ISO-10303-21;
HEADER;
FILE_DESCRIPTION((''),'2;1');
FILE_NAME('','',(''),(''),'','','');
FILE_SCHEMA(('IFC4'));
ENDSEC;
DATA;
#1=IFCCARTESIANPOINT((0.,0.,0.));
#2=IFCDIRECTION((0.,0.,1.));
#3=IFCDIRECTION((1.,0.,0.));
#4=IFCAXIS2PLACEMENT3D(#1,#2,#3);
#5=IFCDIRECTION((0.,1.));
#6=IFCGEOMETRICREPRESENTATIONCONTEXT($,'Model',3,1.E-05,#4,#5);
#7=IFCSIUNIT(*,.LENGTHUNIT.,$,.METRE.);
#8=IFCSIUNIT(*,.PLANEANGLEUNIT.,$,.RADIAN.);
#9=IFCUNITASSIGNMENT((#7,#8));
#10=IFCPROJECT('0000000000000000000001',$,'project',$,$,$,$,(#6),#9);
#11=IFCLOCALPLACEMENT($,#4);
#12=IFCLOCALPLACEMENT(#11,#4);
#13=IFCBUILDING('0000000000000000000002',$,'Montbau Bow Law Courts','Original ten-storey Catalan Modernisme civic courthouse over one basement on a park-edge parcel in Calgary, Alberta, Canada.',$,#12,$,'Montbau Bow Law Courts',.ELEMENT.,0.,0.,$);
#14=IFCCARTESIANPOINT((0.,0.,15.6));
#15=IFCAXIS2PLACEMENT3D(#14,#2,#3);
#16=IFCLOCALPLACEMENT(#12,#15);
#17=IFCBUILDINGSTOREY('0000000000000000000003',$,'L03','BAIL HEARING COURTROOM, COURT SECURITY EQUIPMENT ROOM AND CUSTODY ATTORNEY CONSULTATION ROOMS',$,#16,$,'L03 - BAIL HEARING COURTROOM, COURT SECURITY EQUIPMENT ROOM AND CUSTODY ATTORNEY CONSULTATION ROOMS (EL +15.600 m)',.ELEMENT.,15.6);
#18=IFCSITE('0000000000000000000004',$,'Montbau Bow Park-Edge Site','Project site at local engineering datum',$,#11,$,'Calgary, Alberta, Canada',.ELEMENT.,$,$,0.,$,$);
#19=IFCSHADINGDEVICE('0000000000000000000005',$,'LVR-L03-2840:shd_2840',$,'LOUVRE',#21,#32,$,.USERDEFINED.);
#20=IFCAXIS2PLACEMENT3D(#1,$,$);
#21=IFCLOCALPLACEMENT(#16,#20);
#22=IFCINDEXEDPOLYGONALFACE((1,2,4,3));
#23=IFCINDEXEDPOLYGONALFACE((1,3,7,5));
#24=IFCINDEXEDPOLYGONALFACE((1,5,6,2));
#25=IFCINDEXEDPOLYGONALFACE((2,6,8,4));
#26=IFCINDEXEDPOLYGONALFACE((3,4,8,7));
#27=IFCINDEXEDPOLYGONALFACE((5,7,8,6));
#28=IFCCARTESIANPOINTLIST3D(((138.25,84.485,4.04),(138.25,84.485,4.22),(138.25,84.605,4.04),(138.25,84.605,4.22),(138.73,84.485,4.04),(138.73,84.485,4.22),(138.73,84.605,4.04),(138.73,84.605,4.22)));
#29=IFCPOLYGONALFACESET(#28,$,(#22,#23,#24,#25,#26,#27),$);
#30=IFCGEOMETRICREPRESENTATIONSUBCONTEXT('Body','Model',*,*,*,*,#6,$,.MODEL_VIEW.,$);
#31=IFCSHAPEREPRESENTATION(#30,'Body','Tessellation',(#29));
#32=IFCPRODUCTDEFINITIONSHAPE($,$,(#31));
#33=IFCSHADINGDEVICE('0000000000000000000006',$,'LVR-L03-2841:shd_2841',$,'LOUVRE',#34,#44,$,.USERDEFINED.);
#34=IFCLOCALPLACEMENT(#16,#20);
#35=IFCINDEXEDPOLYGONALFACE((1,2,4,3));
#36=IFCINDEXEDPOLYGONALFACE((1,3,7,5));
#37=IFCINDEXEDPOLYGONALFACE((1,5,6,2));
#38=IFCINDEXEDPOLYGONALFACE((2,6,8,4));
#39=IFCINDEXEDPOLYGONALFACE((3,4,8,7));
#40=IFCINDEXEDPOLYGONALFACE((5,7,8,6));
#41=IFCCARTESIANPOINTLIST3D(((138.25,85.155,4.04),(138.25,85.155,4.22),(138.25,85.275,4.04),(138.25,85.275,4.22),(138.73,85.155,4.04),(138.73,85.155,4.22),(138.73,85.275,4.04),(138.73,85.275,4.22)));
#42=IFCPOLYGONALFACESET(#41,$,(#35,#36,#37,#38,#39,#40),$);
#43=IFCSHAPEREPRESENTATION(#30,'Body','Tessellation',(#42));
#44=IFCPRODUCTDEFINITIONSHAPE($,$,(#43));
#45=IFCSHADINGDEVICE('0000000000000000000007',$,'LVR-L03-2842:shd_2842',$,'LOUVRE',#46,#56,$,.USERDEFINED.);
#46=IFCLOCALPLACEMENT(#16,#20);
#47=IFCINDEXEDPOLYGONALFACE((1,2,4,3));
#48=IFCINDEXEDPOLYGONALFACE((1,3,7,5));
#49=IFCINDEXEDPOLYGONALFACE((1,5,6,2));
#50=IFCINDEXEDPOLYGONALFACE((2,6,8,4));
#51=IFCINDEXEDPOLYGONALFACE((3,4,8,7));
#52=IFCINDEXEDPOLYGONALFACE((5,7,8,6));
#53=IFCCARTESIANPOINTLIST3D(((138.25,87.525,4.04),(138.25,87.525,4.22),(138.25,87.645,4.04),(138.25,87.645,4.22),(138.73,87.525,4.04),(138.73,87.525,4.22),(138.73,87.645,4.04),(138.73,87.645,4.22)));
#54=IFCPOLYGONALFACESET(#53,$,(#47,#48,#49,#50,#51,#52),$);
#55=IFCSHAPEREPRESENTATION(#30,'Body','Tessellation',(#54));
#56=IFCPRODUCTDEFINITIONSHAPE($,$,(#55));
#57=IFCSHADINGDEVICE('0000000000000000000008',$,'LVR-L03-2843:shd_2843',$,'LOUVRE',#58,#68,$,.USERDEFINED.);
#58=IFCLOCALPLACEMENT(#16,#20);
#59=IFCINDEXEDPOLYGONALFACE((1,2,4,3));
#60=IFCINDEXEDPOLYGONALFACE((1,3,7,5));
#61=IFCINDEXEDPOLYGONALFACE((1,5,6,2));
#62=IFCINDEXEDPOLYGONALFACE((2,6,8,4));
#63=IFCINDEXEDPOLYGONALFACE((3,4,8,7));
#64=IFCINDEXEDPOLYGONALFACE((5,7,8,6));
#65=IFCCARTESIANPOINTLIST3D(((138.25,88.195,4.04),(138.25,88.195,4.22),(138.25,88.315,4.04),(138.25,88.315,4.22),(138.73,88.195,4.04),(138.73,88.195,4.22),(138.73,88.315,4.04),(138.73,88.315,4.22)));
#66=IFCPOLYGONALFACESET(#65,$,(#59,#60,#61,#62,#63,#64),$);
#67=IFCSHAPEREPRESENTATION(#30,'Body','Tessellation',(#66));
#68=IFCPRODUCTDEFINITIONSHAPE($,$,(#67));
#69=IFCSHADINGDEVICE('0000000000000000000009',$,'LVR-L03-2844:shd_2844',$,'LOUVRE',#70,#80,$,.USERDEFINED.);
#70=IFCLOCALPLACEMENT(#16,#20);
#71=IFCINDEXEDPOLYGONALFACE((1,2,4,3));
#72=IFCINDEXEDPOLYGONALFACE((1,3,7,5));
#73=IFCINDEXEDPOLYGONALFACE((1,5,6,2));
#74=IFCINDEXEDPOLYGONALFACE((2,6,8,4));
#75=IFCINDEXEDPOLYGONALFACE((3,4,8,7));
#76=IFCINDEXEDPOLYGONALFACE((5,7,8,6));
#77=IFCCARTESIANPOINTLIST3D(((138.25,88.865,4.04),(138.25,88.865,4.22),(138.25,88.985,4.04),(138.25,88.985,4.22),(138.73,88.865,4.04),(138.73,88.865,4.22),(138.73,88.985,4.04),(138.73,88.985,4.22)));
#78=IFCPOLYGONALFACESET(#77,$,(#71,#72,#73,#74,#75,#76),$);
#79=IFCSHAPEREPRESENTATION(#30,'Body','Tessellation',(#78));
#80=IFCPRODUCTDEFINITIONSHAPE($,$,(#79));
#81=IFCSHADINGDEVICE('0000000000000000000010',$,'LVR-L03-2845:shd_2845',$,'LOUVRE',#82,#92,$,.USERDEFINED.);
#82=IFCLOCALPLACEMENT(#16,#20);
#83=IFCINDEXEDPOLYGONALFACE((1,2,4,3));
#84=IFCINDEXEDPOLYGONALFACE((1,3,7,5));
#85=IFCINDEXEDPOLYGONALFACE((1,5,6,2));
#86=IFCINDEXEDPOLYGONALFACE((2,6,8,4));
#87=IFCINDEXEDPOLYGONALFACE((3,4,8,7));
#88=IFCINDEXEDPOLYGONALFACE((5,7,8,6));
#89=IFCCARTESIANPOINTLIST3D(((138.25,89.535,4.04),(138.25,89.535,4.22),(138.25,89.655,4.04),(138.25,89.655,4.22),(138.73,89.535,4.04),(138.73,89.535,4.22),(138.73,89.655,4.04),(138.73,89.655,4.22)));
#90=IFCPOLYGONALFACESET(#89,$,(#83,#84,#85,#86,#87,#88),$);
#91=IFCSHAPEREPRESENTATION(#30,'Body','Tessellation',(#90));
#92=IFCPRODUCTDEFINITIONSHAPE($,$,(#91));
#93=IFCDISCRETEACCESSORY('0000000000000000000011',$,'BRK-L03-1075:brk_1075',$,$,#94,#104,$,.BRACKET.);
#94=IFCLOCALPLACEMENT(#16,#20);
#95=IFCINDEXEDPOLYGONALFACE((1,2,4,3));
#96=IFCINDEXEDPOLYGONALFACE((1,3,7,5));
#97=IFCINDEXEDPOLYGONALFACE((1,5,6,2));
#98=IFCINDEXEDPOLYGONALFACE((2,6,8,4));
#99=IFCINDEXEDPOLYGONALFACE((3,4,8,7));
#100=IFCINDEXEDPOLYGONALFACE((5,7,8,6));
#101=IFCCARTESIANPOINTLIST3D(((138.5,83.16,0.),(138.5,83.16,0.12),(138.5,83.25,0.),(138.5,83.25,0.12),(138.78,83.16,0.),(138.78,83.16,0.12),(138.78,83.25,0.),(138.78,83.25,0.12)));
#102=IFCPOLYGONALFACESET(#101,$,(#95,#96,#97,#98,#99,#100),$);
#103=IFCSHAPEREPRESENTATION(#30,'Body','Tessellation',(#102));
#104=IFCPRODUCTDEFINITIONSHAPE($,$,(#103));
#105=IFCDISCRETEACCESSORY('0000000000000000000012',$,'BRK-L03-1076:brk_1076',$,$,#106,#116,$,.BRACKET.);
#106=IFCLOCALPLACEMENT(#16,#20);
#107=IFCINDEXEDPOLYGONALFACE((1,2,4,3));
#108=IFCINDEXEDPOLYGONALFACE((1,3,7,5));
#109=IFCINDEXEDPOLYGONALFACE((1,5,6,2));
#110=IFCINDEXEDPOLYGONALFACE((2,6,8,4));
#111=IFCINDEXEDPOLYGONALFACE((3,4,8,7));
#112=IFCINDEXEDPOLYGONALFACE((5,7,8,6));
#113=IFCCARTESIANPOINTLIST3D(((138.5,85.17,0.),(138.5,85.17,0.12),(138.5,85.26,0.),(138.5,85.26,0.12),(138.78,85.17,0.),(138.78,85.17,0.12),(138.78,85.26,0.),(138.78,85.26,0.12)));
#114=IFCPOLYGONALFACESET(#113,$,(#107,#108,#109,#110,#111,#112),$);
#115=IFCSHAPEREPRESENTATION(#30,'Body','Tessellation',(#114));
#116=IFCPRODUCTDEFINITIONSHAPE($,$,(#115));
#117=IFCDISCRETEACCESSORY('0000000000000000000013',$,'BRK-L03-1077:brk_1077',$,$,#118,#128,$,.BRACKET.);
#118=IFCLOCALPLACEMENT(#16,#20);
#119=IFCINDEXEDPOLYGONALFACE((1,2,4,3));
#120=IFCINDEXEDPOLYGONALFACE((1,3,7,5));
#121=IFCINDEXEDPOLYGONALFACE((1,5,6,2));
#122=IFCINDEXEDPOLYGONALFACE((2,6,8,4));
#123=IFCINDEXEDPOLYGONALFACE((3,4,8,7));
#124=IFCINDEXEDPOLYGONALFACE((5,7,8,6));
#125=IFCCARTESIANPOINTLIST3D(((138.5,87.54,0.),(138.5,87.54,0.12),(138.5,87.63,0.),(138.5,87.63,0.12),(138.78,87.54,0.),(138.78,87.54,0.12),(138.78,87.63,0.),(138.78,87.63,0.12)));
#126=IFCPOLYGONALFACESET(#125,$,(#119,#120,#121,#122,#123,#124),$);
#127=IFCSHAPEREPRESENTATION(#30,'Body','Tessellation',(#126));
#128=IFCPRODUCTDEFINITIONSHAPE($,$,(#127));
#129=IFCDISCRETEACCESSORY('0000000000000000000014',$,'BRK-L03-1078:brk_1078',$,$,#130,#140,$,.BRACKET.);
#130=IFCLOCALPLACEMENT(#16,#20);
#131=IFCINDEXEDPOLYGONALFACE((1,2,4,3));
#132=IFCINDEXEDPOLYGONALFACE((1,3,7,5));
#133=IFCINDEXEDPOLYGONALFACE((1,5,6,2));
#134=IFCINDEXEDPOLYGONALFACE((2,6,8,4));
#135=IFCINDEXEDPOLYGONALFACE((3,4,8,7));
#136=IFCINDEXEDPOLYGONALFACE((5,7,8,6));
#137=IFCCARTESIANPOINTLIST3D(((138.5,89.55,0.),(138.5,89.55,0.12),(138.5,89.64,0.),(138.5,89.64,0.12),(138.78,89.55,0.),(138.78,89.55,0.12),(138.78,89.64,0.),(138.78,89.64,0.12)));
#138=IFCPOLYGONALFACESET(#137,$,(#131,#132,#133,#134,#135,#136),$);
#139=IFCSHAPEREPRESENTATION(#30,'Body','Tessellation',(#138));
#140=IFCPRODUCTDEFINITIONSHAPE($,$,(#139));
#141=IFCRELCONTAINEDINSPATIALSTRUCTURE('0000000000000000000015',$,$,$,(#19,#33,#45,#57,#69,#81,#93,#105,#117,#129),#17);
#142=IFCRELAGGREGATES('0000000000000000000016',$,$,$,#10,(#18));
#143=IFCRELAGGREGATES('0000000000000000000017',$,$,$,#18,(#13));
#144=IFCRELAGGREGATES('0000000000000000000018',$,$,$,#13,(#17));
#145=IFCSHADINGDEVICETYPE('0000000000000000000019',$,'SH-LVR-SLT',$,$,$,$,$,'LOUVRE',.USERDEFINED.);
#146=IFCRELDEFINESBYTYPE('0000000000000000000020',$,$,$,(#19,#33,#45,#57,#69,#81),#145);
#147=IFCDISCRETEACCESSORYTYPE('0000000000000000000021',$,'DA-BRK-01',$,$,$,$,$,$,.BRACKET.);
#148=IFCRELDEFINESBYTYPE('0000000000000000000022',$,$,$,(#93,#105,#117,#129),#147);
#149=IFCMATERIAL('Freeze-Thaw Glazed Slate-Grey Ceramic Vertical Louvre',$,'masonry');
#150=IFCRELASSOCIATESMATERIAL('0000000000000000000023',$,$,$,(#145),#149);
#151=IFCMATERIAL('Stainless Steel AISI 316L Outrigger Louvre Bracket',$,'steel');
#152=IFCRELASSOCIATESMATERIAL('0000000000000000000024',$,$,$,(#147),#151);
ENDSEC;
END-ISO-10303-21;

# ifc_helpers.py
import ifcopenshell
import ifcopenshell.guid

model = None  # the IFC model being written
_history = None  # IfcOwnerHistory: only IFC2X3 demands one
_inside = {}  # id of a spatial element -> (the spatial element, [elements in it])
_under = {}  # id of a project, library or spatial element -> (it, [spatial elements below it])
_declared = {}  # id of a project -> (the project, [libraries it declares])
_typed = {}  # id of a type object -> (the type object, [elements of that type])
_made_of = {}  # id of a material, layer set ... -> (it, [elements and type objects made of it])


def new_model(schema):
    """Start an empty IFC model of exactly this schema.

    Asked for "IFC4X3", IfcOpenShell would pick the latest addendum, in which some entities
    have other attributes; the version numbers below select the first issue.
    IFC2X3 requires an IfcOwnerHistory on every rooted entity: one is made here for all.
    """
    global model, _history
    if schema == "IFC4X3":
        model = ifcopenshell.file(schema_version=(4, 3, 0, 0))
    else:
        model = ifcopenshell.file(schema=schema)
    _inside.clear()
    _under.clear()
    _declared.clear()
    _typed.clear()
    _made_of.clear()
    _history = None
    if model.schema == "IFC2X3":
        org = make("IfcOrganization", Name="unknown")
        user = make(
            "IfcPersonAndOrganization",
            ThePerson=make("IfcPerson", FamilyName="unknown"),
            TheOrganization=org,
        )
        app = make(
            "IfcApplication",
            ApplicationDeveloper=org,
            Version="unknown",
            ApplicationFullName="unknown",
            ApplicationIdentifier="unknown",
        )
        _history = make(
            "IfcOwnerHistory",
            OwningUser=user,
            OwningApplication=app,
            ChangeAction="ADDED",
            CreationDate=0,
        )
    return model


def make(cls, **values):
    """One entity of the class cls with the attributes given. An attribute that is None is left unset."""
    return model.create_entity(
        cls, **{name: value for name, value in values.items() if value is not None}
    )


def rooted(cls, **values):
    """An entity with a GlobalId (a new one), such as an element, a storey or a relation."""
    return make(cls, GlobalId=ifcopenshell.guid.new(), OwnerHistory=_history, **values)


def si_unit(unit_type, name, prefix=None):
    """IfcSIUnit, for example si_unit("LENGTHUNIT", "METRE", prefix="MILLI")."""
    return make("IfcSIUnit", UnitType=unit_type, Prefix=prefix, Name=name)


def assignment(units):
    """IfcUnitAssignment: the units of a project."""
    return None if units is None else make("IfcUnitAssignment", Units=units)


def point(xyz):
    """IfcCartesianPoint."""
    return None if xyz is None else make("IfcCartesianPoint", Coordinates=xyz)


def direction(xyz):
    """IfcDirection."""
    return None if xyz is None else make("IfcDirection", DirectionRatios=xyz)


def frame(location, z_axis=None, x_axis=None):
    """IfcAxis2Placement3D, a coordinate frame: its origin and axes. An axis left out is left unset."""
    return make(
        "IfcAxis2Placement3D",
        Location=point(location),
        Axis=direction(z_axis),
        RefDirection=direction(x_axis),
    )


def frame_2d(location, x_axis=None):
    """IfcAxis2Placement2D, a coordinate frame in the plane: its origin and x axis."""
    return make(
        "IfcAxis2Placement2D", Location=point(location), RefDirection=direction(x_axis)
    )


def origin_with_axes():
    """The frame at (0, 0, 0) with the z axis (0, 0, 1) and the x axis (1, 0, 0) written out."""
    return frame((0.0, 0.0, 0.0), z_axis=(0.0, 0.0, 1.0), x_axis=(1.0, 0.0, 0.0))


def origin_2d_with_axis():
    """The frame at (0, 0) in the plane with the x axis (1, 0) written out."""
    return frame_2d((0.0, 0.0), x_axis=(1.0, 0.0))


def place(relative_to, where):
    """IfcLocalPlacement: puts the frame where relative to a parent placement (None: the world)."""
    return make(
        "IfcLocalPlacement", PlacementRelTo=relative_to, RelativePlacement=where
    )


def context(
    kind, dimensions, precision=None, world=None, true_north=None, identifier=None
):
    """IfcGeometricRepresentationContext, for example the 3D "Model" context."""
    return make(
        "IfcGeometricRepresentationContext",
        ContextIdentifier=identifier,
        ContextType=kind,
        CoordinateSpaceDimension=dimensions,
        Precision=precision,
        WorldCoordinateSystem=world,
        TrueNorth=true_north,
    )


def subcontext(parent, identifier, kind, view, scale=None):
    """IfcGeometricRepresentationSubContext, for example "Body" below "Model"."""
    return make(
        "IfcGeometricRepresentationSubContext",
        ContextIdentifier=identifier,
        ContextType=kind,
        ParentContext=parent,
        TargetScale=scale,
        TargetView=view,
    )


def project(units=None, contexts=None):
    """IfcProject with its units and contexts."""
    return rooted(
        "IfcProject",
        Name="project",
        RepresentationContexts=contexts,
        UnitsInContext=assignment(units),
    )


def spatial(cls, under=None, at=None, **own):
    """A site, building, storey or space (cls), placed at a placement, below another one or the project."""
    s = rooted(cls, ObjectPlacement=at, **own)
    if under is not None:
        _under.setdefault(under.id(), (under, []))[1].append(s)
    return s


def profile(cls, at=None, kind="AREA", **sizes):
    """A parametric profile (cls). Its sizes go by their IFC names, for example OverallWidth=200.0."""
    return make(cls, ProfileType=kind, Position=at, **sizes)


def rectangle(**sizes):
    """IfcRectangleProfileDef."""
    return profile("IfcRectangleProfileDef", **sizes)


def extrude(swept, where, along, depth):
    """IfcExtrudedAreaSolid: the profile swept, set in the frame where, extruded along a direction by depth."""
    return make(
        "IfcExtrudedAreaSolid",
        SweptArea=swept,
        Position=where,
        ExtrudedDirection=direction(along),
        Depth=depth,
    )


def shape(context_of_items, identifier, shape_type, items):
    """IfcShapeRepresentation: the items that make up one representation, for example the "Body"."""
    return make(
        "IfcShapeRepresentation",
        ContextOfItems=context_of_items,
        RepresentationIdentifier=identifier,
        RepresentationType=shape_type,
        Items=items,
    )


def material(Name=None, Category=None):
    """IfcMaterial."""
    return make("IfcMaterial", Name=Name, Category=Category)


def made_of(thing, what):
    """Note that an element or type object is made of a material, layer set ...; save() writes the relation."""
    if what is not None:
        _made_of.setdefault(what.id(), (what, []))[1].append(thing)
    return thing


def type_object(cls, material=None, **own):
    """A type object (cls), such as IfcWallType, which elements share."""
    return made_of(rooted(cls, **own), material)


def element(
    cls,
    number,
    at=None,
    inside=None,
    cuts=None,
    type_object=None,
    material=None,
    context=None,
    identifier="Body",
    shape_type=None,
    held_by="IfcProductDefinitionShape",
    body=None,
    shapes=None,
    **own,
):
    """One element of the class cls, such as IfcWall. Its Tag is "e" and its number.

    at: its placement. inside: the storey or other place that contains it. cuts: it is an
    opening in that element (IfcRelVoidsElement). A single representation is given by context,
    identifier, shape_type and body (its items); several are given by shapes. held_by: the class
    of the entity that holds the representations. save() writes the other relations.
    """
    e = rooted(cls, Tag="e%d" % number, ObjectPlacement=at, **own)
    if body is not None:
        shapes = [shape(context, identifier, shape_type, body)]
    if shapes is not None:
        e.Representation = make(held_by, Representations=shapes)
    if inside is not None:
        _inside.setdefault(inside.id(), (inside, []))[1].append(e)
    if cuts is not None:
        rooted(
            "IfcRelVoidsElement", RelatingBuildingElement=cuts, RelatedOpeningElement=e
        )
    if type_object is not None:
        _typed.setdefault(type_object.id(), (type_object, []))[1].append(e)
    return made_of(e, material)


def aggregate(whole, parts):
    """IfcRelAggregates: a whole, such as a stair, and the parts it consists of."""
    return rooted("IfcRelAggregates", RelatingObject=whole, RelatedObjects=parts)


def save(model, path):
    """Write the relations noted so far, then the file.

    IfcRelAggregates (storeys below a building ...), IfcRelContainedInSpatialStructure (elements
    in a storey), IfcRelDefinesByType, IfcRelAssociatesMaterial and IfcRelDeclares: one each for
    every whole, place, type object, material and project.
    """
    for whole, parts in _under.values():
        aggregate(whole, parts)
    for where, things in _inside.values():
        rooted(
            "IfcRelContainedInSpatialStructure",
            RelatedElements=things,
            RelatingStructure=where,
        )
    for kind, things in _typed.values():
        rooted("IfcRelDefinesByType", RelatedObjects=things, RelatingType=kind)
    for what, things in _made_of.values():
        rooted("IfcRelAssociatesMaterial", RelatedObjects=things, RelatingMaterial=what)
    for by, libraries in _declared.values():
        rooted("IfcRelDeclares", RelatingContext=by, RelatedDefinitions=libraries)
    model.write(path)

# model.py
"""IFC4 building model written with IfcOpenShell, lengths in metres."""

from ifc_helpers import new_model, si_unit, direction, frame, origin_with_axes, origin_2d_with_axis, place, context, subcontext, project, spatial, rectangle, extrude, material, type_object, element, save


model = new_model("IFC4")

# Units and contexts
model_context = context("Model", 3, precision=1e-05, world=origin_with_axes(), true_north=direction((0.0, 1.0)))
body_context = subcontext(model_context, "Body", "Model", "MODEL_VIEW")
ifc_project = project(units=[si_unit("LENGTHUNIT", "METRE"), si_unit("PLANEANGLEUNIT", "RADIAN")], contexts=[model_context])

# Site, building, storey
site_placement = place(None, origin_with_axes())
site = spatial("IfcSite", under=ifc_project, at=site_placement, Name="Montbau Bow Park-Edge Site", Description="Project site at local engineering datum", LongName="Calgary, Alberta, Canada", CompositionType="ELEMENT", RefElevation=0.0)
building_placement = place(site_placement, origin_with_axes())
building = spatial("IfcBuilding", under=site, at=building_placement, Name="Montbau Bow Law Courts", Description="Original ten-storey Catalan Modernisme civic courthouse over one basement on a park-edge parcel in Calgary, Alberta, Canada.", LongName="Montbau Bow Law Courts", CompositionType="ELEMENT", ElevationOfRefHeight=0.0, ElevationOfTerrain=0.0)
storey_placement = place(building_placement, frame((0.0, 0.0, 15.6), z_axis=(0.0, 0.0, 1.0), x_axis=(1.0, 0.0, 0.0)))
storey = spatial("IfcBuildingStorey", under=building, at=storey_placement, Name="L03", Description="BAIL HEARING COURTROOM, COURT SECURITY EQUIPMENT ROOM AND CUSTODY ATTORNEY CONSULTATION ROOMS", LongName="L03 - BAIL HEARING COURTROOM, COURT SECURITY EQUIPMENT ROOM AND CUSTODY ATTORNEY CONSULTATION ROOMS (EL +15.600 m)", CompositionType="ELEMENT", Elevation=15.6)

# Shared definitions
ifc_material_1 = material(Name="Freeze-Thaw Glazed Slate-Grey Ceramic Vertical Louvre", Category="masonry")

# Shading devices
shading_device_type = type_object("IfcShadingDeviceType", Name="SH-LVR-SLT", ElementType="LOUVRE", PredefinedType="USERDEFINED", material=ifc_material_1)
for number, where, z_axis, x_axis, name in (
    (1, (138.49, 84.545, 19.64), (0.0, 0.0, 1.0), (-1.0, 0.0, 0.0), "LVR-L03-2840:shd_2840"),
    (2, (138.49, 85.215, 19.64), (0.0, 0.0, 1.0), (-1.0, 0.0, 0.0), "LVR-L03-2841:shd_2841"),
    (3, (138.49, 87.585, 19.64), (0.0, 0.0, 1.0), (-1.0, 0.0, 0.0), "LVR-L03-2842:shd_2842"),
    (4, (138.49, 88.255, 19.64), (0.0, 0.0, 1.0), (-1.0, 0.0, 0.0), "LVR-L03-2843:shd_2843"),
    (5, (138.49, 88.925, 19.64), (0.0, 0.0, 1.0), (-1.0, 0.0, 0.0), "LVR-L03-2844:shd_2844"),
    (6, (138.49, 89.595, 19.64), (0.0, 0.0, 1.0), (-1.0, 0.0, 0.0), "LVR-L03-2845:shd_2845"),
):
    element("IfcShadingDevice", number, at=place(None, frame(where, z_axis=z_axis, x_axis=x_axis)), inside=storey, type_object=shading_device_type, Name=name, ObjectType="LOUVRE", PredefinedType="USERDEFINED", context=body_context, shape_type="SweptSolid", body=[
        extrude(rectangle(XDim=0.48, YDim=0.12, at=origin_2d_with_axis()), origin_with_axes(), (0.0, 0.0, 1.0), 0.18),
    ])

# Discrete accessories
ifc_material_2 = material(Name="Stainless Steel AISI 316L Outrigger Louvre Bracket", Category="steel")
discrete_accessory_type = type_object("IfcDiscreteAccessoryType", Name="DA-BRK-01", PredefinedType="BRACKET", material=ifc_material_2)
for number, where, z_axis, x_axis, name in (
    (7, (138.64, 83.205, 15.6), (0.0, 0.0, 1.0), (-1.0, 0.0, 0.0), "BRK-L03-1075:brk_1075"),
    (8, (138.64, 85.215, 15.6), (0.0, 0.0, 1.0), (-1.0, 0.0, 0.0), "BRK-L03-1076:brk_1076"),
    (9, (138.64, 87.585, 15.6), (0.0, 0.0, 1.0), (-1.0, 0.0, 0.0), "BRK-L03-1077:brk_1077"),
    (10, (138.64, 89.595, 15.6), (0.0, 0.0, 1.0), (-1.0, 0.0, 0.0), "BRK-L03-1078:brk_1078"),
):
    element("IfcDiscreteAccessory", number, at=place(None, frame(where, z_axis=z_axis, x_axis=x_axis)), inside=storey, type_object=discrete_accessory_type, Name=name, PredefinedType="BRACKET", context=body_context, shape_type="SweptSolid", body=[
        extrude(rectangle(XDim=0.28, YDim=0.09, at=origin_2d_with_axis()), origin_with_axes(), (0.0, 0.0, 1.0), 0.12),
    ])

save(model, "model.ifc")
